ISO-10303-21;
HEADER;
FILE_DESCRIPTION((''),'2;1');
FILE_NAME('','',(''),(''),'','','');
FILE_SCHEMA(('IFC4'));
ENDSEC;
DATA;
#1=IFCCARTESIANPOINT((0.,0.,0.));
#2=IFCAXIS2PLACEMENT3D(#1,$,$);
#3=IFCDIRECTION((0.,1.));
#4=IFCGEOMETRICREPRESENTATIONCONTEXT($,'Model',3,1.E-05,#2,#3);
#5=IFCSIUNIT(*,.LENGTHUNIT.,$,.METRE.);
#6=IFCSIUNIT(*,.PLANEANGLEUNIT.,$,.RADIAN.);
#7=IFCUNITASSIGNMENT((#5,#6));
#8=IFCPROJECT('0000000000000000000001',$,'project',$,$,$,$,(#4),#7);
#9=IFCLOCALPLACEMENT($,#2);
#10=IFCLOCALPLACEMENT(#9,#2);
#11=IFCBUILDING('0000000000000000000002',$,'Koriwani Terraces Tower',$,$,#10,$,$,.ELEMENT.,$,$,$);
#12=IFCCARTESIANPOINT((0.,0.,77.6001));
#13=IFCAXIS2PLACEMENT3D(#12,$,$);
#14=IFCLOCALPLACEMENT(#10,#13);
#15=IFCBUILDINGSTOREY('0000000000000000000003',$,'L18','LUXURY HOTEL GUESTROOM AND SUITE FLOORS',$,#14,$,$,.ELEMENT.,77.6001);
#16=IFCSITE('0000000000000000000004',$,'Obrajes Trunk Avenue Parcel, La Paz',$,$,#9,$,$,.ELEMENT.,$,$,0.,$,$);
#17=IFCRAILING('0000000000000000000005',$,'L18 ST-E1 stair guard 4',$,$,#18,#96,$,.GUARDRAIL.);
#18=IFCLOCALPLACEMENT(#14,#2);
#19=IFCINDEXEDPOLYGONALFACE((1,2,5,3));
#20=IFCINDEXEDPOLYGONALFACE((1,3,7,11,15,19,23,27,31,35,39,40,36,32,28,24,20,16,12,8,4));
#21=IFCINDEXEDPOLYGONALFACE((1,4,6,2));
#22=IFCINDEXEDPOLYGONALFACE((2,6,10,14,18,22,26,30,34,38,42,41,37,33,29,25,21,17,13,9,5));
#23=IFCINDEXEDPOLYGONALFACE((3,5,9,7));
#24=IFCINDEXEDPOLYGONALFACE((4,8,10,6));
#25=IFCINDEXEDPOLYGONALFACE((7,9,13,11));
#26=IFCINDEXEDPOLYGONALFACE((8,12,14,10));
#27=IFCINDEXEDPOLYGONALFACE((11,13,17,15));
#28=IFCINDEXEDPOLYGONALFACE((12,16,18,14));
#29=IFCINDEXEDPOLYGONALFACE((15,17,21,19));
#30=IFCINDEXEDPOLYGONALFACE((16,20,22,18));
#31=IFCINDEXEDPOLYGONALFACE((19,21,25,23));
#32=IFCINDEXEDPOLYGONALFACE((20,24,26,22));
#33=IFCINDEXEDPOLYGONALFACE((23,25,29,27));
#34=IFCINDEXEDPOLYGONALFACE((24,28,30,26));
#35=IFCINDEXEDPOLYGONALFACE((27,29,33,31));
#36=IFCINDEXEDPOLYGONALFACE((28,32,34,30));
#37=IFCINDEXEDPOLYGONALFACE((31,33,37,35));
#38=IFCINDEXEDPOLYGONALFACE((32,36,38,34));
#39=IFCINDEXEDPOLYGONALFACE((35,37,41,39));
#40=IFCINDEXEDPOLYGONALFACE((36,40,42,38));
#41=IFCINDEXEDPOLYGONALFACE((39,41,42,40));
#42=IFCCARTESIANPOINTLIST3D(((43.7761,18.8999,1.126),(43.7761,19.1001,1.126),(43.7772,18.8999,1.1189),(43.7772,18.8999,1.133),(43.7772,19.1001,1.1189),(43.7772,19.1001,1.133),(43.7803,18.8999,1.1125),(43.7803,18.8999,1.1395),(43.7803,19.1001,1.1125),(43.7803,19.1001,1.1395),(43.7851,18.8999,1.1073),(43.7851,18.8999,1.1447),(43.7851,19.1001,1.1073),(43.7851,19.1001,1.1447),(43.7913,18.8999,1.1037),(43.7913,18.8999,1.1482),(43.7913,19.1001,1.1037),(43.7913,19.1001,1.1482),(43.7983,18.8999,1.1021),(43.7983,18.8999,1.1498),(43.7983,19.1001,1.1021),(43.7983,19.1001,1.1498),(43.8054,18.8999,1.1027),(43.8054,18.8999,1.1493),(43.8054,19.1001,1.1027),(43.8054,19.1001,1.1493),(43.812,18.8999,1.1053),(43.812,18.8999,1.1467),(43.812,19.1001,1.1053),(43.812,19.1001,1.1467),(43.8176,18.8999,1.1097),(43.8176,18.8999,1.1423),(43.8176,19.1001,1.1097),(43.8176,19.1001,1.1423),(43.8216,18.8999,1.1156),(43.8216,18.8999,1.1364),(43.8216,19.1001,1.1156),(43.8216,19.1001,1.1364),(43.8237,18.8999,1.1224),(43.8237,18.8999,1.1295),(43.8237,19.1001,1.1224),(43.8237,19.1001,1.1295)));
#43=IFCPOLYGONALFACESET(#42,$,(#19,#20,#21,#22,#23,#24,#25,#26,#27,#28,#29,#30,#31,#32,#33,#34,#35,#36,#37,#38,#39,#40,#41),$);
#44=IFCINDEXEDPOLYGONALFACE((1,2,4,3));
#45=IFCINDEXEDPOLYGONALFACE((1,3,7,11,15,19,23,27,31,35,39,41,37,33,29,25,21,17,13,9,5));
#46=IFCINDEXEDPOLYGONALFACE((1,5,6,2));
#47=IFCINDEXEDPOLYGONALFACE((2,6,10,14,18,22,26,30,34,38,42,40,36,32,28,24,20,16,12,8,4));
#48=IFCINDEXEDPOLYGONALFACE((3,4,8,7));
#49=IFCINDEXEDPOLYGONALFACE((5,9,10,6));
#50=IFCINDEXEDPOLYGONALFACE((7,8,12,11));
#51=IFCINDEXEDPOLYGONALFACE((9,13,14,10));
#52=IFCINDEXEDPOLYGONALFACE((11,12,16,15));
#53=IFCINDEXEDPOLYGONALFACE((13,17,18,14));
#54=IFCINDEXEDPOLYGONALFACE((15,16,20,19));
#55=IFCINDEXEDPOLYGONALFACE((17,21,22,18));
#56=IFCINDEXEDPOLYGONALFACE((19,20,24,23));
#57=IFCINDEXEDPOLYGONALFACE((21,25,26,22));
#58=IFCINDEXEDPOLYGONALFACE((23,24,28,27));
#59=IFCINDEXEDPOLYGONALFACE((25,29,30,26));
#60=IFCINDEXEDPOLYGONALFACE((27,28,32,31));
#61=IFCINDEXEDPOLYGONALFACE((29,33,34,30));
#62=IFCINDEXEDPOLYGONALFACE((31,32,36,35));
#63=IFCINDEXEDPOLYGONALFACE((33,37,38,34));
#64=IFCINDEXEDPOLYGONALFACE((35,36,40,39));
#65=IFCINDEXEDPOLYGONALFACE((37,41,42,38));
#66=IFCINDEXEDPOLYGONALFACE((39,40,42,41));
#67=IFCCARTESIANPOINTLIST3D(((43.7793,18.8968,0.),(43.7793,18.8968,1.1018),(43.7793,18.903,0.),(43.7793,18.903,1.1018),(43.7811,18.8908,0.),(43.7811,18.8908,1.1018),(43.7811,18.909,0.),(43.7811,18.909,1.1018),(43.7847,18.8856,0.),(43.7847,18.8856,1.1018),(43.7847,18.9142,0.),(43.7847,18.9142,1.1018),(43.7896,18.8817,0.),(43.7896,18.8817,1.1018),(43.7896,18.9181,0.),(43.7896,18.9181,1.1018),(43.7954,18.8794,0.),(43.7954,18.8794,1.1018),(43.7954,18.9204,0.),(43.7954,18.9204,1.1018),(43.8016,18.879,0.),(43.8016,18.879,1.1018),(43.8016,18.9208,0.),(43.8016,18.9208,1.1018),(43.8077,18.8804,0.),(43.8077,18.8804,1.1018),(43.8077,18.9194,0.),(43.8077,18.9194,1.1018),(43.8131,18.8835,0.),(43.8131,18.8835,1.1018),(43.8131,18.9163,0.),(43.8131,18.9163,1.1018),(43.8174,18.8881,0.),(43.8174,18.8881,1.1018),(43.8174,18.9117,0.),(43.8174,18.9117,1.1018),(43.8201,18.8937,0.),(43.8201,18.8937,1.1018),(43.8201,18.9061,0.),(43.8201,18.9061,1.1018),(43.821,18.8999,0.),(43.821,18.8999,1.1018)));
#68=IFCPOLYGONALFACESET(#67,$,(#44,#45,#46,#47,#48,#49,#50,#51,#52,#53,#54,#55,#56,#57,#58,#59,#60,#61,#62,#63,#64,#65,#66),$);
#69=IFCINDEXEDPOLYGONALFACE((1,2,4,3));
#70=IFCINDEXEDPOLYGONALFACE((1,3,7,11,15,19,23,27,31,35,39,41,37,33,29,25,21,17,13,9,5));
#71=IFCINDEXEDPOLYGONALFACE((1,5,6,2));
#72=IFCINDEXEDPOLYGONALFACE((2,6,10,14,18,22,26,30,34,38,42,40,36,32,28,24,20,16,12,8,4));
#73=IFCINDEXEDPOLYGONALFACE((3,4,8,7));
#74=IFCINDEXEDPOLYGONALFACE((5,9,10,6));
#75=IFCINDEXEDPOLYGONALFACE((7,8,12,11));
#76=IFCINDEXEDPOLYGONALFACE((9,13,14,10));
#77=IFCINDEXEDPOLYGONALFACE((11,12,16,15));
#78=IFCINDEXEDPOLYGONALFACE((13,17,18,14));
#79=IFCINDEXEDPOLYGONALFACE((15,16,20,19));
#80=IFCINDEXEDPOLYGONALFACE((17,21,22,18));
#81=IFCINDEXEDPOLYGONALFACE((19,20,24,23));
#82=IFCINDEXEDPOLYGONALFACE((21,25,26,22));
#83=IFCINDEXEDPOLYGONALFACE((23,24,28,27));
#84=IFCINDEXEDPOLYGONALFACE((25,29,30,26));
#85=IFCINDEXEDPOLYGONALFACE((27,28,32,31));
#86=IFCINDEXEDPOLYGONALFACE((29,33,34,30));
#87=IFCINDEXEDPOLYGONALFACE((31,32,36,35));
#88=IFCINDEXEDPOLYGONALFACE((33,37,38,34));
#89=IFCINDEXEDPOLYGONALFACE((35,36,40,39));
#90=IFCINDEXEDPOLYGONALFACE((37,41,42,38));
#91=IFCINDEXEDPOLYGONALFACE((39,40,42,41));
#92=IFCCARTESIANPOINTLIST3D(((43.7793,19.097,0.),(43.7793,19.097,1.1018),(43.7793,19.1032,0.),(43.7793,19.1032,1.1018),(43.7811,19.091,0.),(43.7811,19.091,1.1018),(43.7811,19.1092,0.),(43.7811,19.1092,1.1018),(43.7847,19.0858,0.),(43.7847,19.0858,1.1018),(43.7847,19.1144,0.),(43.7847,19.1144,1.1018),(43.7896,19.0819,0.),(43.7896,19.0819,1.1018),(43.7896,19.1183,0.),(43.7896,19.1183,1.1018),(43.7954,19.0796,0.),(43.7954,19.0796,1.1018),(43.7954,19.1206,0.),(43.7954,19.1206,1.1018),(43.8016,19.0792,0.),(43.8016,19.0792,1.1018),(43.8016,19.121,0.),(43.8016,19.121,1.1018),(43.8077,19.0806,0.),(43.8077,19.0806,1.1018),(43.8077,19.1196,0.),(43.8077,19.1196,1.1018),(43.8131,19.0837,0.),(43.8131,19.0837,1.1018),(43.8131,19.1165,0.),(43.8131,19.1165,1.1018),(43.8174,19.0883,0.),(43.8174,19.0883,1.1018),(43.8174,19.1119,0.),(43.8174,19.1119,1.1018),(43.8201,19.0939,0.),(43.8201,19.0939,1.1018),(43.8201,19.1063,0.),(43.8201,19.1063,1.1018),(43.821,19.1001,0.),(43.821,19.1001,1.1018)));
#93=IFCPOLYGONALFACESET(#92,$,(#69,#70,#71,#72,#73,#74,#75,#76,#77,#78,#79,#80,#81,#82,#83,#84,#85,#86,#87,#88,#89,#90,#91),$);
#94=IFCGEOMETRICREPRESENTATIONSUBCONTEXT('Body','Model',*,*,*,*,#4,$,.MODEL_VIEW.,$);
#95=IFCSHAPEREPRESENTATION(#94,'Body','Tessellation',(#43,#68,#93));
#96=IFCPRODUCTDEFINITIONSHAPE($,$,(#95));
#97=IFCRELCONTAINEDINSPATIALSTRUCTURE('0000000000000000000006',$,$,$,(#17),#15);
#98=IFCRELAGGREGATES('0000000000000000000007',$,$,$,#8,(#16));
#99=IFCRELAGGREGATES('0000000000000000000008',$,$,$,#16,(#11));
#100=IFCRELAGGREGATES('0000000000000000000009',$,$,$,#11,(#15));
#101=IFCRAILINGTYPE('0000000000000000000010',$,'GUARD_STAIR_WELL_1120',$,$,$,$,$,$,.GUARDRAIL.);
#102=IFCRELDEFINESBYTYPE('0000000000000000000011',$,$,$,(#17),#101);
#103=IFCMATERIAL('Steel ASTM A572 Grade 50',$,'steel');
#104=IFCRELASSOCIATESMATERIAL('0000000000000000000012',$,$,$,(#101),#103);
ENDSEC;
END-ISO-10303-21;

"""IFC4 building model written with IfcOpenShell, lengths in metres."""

from ifc_helpers import new_model, si_unit, direction, frame, origin, origin_2d, place, context, subcontext, project, spatial, circle, extrude, material, type_object, element, save


model = new_model("IFC4")

# Units and contexts
model_context = context("Model", 3, precision=1e-05, world=origin(), true_north=direction((0.0, 1.0)))
body_context = subcontext(model_context, "Body", "Model", "MODEL_VIEW")
ifc_project = project(units=[si_unit("LENGTHUNIT", "METRE"), si_unit("PLANEANGLEUNIT", "RADIAN")], contexts=[model_context])

# Site, building, storey
site_placement = place(None, origin())
site = spatial("IfcSite", under=ifc_project, at=site_placement, Name="Obrajes Trunk Avenue Parcel, La Paz", CompositionType="ELEMENT", RefElevation=0.0)
building_placement = place(site_placement, origin())
building = spatial("IfcBuilding", under=site, at=building_placement, Name="Koriwani Terraces Tower", CompositionType="ELEMENT")
storey_placement = place(building_placement, frame((0.0, 0.0, 77.6001)))
storey = spatial("IfcBuildingStorey", under=building, at=storey_placement, Name="L18", Description="LUXURY HOTEL GUESTROOM AND SUITE FLOORS", CompositionType="ELEMENT", Elevation=77.6001)

# Shared definitions
ifc_material_1 = material(Name="Steel ASTM A572 Grade 50", Category="steel")

# Railing
railing_type_1 = type_object("IfcRailingType", Name="GUARD_STAIR_WELL_1120", PredefinedType="GUARDRAIL", material=ifc_material_1)
railing_1_placement = place(storey_placement, frame((43.8, 18.8999, 0.0)))
element("IfcRailing", 1, at=railing_1_placement, inside=storey, type_object=railing_type_1, Name="L18 ST-E1 stair guard 4", PredefinedType="GUARDRAIL", context=body_context, shape_type="SweptSolid", body=[
    extrude(circle(Radius=0.0239, at=origin_2d()), frame((0.0, 0.0, 1.126), z_axis=(0.0, 1.0, 0.0), x_axis=(-1.0, 0.0, 0.0)), (0.0, 0.0, 1.0), 0.2002),
    extrude(circle(Radius=0.021, at=origin_2d()), origin(), (0.0, 0.0, 1.0), 1.1018),
    extrude(circle(Radius=0.021, at=origin_2d()), frame((0.0, 0.2002, 0.0)), (0.0, 0.0, 1.0), 1.1018),
])

save(model, "model.ifc")
